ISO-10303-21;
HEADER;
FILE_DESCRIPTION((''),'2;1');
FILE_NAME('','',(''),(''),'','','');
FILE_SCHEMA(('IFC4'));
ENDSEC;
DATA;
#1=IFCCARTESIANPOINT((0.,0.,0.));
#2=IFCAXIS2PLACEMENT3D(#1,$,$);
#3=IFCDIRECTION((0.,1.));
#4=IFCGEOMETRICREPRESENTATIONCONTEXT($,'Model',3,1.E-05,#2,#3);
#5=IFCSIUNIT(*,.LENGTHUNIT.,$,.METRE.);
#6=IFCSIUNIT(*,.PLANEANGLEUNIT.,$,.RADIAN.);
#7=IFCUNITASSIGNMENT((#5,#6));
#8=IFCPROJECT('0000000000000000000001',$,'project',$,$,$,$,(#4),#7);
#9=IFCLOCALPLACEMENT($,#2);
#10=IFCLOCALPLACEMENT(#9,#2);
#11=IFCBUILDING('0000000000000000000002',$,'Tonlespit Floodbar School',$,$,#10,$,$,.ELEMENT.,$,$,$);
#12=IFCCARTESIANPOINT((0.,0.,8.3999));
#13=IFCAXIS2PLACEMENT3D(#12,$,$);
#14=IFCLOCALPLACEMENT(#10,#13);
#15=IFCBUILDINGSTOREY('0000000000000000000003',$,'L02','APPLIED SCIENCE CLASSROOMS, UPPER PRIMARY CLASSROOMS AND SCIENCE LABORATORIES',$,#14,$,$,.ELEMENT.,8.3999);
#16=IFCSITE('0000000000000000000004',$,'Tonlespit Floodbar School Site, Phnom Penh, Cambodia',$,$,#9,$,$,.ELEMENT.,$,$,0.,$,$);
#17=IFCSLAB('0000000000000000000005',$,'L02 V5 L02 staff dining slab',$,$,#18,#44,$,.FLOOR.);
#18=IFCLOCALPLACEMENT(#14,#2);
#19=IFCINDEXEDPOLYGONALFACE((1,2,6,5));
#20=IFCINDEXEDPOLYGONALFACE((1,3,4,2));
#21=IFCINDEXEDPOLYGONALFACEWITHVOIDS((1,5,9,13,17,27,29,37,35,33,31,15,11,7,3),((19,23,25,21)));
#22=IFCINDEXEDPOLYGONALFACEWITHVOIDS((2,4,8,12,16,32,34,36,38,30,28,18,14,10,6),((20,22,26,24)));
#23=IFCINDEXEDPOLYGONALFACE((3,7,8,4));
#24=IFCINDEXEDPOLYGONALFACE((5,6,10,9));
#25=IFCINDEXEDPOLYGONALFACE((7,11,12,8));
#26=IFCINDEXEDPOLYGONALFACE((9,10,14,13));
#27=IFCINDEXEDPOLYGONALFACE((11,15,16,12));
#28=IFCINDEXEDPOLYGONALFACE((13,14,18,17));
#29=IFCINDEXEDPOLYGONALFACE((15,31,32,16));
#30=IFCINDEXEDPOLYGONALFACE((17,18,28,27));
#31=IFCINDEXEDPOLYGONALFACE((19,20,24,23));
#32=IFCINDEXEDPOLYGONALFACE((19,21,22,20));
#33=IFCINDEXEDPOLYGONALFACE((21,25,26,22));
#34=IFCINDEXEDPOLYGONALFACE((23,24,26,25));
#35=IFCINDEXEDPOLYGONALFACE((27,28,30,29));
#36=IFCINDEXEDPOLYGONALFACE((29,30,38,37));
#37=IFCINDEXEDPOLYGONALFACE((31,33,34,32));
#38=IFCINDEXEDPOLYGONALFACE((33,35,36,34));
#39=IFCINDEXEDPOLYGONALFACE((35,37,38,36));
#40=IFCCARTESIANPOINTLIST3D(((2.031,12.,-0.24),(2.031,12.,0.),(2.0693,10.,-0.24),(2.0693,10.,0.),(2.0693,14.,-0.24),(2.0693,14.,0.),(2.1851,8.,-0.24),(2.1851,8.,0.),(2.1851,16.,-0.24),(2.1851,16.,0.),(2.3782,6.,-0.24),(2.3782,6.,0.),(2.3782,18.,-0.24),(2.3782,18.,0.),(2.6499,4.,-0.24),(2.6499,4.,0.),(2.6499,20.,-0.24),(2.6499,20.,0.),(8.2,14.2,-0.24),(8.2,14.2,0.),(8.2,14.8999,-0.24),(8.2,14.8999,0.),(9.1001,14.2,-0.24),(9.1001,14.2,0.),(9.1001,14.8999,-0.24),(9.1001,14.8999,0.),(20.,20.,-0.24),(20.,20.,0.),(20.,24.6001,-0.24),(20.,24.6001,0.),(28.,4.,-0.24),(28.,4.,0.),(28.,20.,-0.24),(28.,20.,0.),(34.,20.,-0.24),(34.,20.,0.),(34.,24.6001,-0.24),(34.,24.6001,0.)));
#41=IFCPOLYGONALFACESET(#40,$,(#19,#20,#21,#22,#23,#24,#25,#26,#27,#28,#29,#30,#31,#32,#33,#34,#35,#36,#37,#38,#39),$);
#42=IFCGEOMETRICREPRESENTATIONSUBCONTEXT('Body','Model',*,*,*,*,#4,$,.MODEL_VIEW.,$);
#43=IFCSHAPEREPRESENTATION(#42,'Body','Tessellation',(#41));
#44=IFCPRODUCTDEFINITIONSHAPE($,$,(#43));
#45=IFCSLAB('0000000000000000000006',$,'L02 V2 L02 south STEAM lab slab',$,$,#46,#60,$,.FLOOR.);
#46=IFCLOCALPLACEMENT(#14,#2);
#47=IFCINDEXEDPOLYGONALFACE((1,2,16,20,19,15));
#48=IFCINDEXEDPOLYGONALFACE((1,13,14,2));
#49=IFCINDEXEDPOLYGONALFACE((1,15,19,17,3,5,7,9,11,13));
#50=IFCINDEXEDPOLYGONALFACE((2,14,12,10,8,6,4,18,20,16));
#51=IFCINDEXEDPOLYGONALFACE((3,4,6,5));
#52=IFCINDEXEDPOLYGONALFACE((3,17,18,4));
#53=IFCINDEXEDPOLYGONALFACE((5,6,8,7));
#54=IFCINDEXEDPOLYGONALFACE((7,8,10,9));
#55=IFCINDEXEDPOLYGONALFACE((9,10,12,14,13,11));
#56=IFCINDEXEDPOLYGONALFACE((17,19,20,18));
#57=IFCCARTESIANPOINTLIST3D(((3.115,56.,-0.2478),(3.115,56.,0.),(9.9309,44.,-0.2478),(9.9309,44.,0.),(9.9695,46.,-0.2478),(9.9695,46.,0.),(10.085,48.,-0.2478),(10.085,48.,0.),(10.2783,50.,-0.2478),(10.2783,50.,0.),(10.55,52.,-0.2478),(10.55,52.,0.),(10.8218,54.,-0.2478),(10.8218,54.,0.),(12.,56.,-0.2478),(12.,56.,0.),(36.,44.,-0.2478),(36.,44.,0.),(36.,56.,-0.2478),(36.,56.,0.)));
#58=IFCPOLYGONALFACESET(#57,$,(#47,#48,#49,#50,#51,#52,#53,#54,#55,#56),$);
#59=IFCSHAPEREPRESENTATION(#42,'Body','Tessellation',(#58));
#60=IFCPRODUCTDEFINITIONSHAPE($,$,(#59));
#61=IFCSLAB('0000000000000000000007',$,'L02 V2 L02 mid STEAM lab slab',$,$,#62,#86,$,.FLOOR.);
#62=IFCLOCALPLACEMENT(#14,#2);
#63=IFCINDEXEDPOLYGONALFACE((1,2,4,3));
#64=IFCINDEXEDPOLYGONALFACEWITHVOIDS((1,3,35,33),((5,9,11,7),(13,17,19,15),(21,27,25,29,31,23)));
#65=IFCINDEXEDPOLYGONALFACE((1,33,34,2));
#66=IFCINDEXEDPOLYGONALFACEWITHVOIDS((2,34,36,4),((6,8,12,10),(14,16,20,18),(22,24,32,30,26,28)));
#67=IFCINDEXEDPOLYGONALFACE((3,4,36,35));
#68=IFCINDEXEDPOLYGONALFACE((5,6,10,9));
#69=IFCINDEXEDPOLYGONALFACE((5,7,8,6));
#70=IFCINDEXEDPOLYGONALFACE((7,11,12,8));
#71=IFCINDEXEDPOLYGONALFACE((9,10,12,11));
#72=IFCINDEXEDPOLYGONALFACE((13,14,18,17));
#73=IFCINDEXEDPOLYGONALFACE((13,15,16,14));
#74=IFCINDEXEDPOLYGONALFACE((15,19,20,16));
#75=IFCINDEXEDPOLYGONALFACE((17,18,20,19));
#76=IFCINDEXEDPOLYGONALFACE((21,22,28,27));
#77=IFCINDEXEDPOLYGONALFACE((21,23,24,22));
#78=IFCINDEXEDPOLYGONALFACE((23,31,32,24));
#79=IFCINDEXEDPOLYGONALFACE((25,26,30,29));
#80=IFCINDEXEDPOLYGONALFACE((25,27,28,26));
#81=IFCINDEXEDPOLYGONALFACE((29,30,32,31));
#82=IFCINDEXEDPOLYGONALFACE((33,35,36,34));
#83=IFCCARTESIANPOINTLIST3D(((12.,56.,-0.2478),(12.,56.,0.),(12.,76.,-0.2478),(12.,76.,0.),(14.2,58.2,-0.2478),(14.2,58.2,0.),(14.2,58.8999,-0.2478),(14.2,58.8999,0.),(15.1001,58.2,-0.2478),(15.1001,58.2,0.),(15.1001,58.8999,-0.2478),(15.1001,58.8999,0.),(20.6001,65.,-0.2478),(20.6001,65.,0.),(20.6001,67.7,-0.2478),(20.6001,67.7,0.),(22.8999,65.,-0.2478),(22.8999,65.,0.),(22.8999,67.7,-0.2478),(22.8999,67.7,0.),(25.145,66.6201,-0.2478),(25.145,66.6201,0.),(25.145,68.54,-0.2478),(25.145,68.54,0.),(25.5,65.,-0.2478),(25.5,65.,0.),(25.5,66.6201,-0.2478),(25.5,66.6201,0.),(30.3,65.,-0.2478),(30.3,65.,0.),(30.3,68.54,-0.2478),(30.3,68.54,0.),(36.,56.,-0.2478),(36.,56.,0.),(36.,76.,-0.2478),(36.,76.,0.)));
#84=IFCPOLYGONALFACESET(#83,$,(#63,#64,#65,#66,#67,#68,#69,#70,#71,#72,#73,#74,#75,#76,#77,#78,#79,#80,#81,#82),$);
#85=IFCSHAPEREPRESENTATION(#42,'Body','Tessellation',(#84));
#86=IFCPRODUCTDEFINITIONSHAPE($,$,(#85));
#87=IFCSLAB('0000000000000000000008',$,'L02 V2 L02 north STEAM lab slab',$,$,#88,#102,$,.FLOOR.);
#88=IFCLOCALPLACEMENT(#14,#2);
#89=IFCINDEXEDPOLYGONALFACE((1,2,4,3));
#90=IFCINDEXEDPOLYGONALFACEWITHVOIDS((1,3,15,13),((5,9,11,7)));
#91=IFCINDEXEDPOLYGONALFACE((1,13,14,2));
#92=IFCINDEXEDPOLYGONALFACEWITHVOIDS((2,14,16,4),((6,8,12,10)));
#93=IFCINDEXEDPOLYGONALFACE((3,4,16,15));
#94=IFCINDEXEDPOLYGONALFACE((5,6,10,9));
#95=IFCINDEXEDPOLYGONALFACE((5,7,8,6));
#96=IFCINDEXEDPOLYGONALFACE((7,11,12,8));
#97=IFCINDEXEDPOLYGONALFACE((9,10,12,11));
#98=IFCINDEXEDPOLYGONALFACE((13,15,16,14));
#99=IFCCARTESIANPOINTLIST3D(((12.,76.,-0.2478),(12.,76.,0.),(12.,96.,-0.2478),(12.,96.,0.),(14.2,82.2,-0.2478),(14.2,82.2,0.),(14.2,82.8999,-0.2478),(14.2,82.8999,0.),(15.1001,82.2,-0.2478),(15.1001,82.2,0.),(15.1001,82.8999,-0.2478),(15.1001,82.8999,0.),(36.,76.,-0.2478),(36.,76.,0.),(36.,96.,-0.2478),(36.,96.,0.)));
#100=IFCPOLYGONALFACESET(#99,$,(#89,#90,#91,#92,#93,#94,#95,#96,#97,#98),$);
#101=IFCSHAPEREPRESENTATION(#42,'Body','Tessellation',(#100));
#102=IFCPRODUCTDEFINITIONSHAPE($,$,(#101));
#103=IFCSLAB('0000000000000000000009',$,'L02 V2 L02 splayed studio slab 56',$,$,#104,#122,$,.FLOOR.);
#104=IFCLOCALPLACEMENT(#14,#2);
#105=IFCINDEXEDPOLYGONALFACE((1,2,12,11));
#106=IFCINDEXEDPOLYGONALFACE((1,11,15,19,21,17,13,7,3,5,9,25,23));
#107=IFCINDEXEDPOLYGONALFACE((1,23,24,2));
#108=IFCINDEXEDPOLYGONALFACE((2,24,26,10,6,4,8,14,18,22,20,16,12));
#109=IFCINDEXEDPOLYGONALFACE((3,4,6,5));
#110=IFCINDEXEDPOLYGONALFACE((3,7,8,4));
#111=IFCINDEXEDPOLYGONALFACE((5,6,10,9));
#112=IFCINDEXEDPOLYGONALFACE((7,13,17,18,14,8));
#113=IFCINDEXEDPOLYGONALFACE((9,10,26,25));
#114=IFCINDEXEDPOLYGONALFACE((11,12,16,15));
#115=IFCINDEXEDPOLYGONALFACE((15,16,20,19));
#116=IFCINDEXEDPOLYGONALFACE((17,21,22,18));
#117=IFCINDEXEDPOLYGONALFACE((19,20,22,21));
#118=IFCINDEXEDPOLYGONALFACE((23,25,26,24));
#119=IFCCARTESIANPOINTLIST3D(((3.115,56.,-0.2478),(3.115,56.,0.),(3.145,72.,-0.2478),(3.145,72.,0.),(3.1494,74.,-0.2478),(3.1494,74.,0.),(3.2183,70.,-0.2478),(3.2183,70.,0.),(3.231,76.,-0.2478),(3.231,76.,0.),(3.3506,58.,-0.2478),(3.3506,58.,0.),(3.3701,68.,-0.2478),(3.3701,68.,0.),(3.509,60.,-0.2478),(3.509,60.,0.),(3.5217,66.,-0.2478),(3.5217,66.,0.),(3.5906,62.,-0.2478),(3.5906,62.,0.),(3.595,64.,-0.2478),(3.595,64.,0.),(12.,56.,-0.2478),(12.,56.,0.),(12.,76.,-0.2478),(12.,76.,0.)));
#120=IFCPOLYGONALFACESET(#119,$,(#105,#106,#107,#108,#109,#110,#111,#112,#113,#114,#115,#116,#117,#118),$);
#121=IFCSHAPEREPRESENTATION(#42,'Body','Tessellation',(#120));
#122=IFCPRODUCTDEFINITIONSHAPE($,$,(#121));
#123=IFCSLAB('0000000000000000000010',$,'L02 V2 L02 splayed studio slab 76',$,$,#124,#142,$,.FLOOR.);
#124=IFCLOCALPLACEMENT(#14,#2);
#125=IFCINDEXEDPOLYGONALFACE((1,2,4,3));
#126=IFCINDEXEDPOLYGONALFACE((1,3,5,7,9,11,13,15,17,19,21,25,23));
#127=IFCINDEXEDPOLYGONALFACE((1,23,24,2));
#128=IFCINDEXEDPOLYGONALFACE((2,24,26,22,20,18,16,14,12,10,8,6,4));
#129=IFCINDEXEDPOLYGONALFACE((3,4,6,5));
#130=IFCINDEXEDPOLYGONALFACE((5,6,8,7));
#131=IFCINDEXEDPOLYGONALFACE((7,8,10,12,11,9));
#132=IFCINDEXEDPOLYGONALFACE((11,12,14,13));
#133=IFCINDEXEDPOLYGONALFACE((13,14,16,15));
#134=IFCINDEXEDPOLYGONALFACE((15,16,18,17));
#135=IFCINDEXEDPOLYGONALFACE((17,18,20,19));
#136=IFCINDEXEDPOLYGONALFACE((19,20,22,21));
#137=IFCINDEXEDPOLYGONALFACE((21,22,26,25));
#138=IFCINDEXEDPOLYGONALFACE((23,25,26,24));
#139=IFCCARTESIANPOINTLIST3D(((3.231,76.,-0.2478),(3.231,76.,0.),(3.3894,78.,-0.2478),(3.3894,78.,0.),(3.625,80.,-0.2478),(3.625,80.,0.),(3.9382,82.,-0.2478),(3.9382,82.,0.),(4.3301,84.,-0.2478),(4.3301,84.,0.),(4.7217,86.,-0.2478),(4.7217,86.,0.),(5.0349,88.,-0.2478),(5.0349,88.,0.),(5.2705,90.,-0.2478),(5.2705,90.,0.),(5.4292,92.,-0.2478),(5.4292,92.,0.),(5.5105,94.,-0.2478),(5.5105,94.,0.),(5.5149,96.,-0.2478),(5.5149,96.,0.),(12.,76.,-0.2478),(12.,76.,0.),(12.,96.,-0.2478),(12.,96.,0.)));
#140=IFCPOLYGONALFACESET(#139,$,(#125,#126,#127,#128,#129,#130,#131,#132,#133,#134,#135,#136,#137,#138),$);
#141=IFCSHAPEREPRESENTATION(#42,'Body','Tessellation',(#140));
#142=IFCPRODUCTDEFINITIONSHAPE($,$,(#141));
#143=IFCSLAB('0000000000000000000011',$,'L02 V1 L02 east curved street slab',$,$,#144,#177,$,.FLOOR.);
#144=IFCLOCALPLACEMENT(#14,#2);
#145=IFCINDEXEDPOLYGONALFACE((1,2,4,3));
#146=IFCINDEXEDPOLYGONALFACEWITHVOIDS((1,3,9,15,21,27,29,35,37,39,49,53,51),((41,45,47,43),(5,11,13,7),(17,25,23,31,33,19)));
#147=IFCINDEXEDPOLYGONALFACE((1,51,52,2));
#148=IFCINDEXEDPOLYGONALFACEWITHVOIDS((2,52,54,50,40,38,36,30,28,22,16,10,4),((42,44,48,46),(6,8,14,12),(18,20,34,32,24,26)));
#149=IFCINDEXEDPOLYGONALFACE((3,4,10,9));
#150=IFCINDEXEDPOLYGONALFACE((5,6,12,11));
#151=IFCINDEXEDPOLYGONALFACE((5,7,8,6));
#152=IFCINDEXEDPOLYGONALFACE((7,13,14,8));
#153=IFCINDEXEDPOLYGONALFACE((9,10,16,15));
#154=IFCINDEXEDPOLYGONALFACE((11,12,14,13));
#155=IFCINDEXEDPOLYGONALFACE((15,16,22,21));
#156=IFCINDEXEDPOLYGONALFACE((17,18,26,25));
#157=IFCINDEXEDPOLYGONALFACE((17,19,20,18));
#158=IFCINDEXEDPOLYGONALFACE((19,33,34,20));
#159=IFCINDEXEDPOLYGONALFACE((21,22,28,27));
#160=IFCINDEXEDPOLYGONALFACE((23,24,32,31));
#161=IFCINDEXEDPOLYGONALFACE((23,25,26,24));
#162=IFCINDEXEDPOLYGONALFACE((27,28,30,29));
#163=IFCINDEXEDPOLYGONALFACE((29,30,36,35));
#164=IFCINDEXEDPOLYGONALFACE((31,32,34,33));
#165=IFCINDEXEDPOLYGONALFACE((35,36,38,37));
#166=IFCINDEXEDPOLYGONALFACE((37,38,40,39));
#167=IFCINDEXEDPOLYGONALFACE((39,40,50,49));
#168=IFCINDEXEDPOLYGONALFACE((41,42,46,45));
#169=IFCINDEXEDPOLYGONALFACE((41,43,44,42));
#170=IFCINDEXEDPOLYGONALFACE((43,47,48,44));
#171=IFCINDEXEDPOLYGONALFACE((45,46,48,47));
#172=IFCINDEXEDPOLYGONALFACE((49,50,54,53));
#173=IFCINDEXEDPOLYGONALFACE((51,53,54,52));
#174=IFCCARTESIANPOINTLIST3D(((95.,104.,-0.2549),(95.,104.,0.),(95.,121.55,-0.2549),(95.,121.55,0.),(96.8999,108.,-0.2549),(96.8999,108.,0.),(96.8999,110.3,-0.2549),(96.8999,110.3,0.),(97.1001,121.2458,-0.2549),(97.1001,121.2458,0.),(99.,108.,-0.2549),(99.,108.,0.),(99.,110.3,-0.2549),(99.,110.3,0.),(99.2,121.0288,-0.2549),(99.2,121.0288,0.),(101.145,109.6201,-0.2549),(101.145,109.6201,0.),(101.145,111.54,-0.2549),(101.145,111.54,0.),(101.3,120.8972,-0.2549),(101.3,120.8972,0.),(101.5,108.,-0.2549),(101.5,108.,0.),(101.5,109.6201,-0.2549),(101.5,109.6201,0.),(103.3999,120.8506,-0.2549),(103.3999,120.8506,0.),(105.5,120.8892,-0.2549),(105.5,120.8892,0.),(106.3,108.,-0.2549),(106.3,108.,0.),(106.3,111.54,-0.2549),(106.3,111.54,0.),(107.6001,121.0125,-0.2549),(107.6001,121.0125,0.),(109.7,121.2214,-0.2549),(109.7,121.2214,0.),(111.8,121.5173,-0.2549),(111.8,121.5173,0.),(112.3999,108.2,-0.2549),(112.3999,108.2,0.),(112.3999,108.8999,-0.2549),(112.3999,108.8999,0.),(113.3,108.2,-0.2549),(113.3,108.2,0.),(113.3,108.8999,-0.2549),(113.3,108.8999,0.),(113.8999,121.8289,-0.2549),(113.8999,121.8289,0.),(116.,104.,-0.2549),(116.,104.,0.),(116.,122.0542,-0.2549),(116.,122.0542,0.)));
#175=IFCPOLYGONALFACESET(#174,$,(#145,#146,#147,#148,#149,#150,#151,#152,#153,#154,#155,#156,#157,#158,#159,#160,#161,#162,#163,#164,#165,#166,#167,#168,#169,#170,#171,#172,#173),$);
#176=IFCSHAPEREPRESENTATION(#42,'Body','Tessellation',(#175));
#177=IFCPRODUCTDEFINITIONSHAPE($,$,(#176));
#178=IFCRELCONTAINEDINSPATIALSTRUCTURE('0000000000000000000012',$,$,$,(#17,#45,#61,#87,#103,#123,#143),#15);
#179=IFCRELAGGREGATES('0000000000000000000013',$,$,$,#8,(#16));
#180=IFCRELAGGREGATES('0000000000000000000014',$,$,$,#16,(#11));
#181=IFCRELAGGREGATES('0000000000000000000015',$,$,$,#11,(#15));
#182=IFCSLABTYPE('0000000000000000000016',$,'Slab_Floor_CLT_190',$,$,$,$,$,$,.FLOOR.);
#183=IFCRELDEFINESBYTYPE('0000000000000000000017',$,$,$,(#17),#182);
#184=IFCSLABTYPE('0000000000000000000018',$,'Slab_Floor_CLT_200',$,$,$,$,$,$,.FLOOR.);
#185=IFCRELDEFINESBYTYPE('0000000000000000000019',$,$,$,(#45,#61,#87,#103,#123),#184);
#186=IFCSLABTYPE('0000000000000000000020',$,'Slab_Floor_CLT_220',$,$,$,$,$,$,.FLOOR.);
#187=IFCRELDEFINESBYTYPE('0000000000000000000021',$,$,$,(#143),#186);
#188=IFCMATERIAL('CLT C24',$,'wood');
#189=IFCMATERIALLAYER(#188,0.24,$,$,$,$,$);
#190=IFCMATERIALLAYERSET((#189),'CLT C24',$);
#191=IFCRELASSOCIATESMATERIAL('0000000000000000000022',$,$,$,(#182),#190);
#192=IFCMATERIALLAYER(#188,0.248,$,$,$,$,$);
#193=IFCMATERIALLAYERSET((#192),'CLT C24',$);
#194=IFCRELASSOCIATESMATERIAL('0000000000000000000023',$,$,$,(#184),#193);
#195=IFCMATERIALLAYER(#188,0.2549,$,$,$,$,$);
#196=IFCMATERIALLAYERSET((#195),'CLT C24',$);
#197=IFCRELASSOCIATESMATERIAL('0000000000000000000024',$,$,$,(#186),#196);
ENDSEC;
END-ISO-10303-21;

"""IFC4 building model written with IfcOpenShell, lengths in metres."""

from ifc_helpers import new_model, si_unit, direction, frame, origin, place, context, subcontext, project, spatial, polyline, outline, extrude, material, layer, layer_set, type_object, element, save


model = new_model("IFC4")

# Units and contexts
model_context = context("Model", 3, precision=1e-05, world=origin(), true_north=direction((0.0, 1.0)))
body_context = subcontext(model_context, "Body", "Model", "MODEL_VIEW")
ifc_project = project(units=[si_unit("LENGTHUNIT", "METRE"), si_unit("PLANEANGLEUNIT", "RADIAN")], contexts=[model_context])

# Site, building, storey
site_placement = place(None, origin())
site = spatial("IfcSite", under=ifc_project, at=site_placement, Name="Tonlespit Floodbar School Site, Phnom Penh, Cambodia", CompositionType="ELEMENT", RefElevation=0.0)
building_placement = place(site_placement, origin())
building = spatial("IfcBuilding", under=site, at=building_placement, Name="Tonlespit Floodbar School", CompositionType="ELEMENT")
storey_placement = place(building_placement, frame((0.0, 0.0, 8.3999)))
storey = spatial("IfcBuildingStorey", under=building, at=storey_placement, Name="L02", Description="APPLIED SCIENCE CLASSROOMS, UPPER PRIMARY CLASSROOMS AND SCIENCE LABORATORIES", CompositionType="ELEMENT", Elevation=8.3999)

# Slabs
ifc_material_1 = material(Name="CLT C24", Category="wood")
ifc_layer_1 = layer(ifc_material_1, 0.24)
ifc_layer_set_1 = layer_set([ifc_layer_1], Name="CLT C24")
slab_type_1 = type_object("IfcSlabType", Name="Slab_Floor_CLT_190", PredefinedType="FLOOR", material=ifc_layer_set_1)
slab_1_placement = place(storey_placement, frame((0.0, 0.0, -0.24)))
element("IfcSlab", 1, at=slab_1_placement, inside=storey, type_object=slab_type_1, Name="L02 V5 L02 staff dining slab", PredefinedType="FLOOR", context=body_context, shape_type="SweptSolid", body=[
    extrude(outline(polyline([(2.6499, 20.0), (2.3782, 18.0), (2.1851, 16.0), (2.0693, 14.0), (2.031, 12.0), (2.0693, 10.0), (2.1851, 8.0), (2.3782, 6.0), (2.6499, 4.0), (28.0, 4.0), (28.0, 20.0), (34.0, 20.0), (34.0, 24.6001), (20.0, 24.6001), (20.0, 20.0), (2.6499, 20.0)]), holes=[polyline([(8.2, 14.2), (9.1001, 14.2), (9.1001, 14.8999), (8.2, 14.8999), (8.2, 14.2)])]), origin(), (0.0, 0.0, 1.0), 0.24),
])
ifc_layer_2 = layer(ifc_material_1, 0.248)
ifc_layer_set_2 = layer_set([ifc_layer_2], Name="CLT C24")
slab_type_2 = type_object("IfcSlabType", Name="Slab_Floor_CLT_200", PredefinedType="FLOOR", material=ifc_layer_set_2)
slab_2_placement = place(storey_placement, frame((0.0, 0.0, -0.2478)))
element("IfcSlab", 2, at=slab_2_placement, inside=storey, type_object=slab_type_2, Name="L02 V2 L02 south STEAM lab slab", PredefinedType="FLOOR", context=body_context, shape_type="SweptSolid", body=[
    extrude(outline(polyline([(3.115, 56.0), (10.8218, 54.0), (10.55, 52.0), (10.2783, 50.0), (10.085, 48.0), (9.9695, 46.0), (9.9309, 44.0), (36.0, 44.0), (36.0, 56.0), (12.0, 56.0), (3.115, 56.0)])), origin(), (0.0, 0.0, 1.0), 0.2478),
])
slab_3_placement = place(storey_placement, frame((0.0, 0.0, -0.2478)))
element("IfcSlab", 3, at=slab_3_placement, inside=storey, type_object=slab_type_2, Name="L02 V2 L02 mid STEAM lab slab", PredefinedType="FLOOR", context=body_context, shape_type="SweptSolid", body=[
    extrude(outline(polyline([(12.0, 56.0), (36.0, 56.0), (36.0, 76.0), (12.0, 76.0), (12.0, 56.0)]), holes=[polyline([(25.5, 65.0), (30.3, 65.0), (30.3, 68.54), (25.145, 68.54), (25.145, 66.6201), (25.5, 66.6201), (25.5, 65.0)]), polyline([(20.6001, 65.0), (22.8999, 65.0), (22.8999, 67.7), (20.6001, 67.7), (20.6001, 65.0)]), polyline([(14.2, 58.2), (15.1001, 58.2), (15.1001, 58.8999), (14.2, 58.8999), (14.2, 58.2)])]), origin(), (0.0, 0.0, 1.0), 0.2478),
])
slab_4_placement = place(storey_placement, frame((0.0, 0.0, -0.2478)))
element("IfcSlab", 4, at=slab_4_placement, inside=storey, type_object=slab_type_2, Name="L02 V2 L02 north STEAM lab slab", PredefinedType="FLOOR", context=body_context, shape_type="SweptSolid", body=[
    extrude(outline(polyline([(12.0, 76.0), (36.0, 76.0), (36.0, 96.0), (12.0, 96.0), (12.0, 76.0)]), holes=[polyline([(14.2, 82.2), (15.1001, 82.2), (15.1001, 82.8999), (14.2, 82.8999), (14.2, 82.2)])]), origin(), (0.0, 0.0, 1.0), 0.2478),
])
slab_5_placement = place(storey_placement, frame((0.0, 0.0, -0.2478)))
element("IfcSlab", 5, at=slab_5_placement, inside=storey, type_object=slab_type_2, Name="L02 V2 L02 splayed studio slab 56", PredefinedType="FLOOR", context=body_context, shape_type="SweptSolid", body=[
    extrude(outline(polyline([(12.0, 56.0), (12.0, 76.0), (3.231, 76.0), (3.1494, 74.0), (3.145, 72.0), (3.2183, 70.0), (3.3701, 68.0), (3.5217, 66.0), (3.595, 64.0), (3.5906, 62.0), (3.509, 60.0), (3.3506, 58.0), (3.115, 56.0), (12.0, 56.0)])), origin(), (0.0, 0.0, 1.0), 0.2478),
])
slab_6_placement = place(storey_placement, frame((0.0, 0.0, -0.2478)))
element("IfcSlab", 6, at=slab_6_placement, inside=storey, type_object=slab_type_2, Name="L02 V2 L02 splayed studio slab 76", PredefinedType="FLOOR", context=body_context, shape_type="SweptSolid", body=[
    extrude(outline(polyline([(12.0, 76.0), (12.0, 96.0), (5.5149, 96.0), (5.5105, 94.0), (5.4292, 92.0), (5.2705, 90.0), (5.0349, 88.0), (4.7217, 86.0), (4.3301, 84.0), (3.9382, 82.0), (3.625, 80.0), (3.3894, 78.0), (3.231, 76.0), (12.0, 76.0)])), origin(), (0.0, 0.0, 1.0), 0.2478),
])
ifc_layer_3 = layer(ifc_material_1, 0.2549)
ifc_layer_set_3 = layer_set([ifc_layer_3], Name="CLT C24")
slab_type_3 = type_object("IfcSlabType", Name="Slab_Floor_CLT_220", PredefinedType="FLOOR", material=ifc_layer_set_3)
slab_7_placement = place(storey_placement, frame((0.0, 0.0, -0.2549)))
element("IfcSlab", 7, at=slab_7_placement, inside=storey, type_object=slab_type_3, Name="L02 V1 L02 east curved street slab", PredefinedType="FLOOR", context=body_context, shape_type="SweptSolid", body=[
    extrude(outline(polyline([(95.0, 104.0), (116.0, 104.0), (116.0, 122.0542), (113.8999, 121.8289), (111.8, 121.5173), (109.7, 121.2214), (107.6001, 121.0125), (105.5, 120.8892), (103.3999, 120.8506), (101.3, 120.8972), (99.2, 121.0288), (97.1001, 121.2458), (95.0, 121.55), (95.0, 104.0)]), holes=[polyline([(101.5, 108.0), (106.3, 108.0), (106.3, 111.54), (101.145, 111.54), (101.145, 109.6201), (101.5, 109.6201), (101.5, 108.0)]), polyline([(96.8999, 108.0), (99.0, 108.0), (99.0, 110.3), (96.8999, 110.3), (96.8999, 108.0)]), polyline([(112.3999, 108.2), (113.3, 108.2), (113.3, 108.8999), (112.3999, 108.8999), (112.3999, 108.2)])]), origin(), (0.0, 0.0, 1.0), 0.2549),
])

save(model, "model.ifc")
